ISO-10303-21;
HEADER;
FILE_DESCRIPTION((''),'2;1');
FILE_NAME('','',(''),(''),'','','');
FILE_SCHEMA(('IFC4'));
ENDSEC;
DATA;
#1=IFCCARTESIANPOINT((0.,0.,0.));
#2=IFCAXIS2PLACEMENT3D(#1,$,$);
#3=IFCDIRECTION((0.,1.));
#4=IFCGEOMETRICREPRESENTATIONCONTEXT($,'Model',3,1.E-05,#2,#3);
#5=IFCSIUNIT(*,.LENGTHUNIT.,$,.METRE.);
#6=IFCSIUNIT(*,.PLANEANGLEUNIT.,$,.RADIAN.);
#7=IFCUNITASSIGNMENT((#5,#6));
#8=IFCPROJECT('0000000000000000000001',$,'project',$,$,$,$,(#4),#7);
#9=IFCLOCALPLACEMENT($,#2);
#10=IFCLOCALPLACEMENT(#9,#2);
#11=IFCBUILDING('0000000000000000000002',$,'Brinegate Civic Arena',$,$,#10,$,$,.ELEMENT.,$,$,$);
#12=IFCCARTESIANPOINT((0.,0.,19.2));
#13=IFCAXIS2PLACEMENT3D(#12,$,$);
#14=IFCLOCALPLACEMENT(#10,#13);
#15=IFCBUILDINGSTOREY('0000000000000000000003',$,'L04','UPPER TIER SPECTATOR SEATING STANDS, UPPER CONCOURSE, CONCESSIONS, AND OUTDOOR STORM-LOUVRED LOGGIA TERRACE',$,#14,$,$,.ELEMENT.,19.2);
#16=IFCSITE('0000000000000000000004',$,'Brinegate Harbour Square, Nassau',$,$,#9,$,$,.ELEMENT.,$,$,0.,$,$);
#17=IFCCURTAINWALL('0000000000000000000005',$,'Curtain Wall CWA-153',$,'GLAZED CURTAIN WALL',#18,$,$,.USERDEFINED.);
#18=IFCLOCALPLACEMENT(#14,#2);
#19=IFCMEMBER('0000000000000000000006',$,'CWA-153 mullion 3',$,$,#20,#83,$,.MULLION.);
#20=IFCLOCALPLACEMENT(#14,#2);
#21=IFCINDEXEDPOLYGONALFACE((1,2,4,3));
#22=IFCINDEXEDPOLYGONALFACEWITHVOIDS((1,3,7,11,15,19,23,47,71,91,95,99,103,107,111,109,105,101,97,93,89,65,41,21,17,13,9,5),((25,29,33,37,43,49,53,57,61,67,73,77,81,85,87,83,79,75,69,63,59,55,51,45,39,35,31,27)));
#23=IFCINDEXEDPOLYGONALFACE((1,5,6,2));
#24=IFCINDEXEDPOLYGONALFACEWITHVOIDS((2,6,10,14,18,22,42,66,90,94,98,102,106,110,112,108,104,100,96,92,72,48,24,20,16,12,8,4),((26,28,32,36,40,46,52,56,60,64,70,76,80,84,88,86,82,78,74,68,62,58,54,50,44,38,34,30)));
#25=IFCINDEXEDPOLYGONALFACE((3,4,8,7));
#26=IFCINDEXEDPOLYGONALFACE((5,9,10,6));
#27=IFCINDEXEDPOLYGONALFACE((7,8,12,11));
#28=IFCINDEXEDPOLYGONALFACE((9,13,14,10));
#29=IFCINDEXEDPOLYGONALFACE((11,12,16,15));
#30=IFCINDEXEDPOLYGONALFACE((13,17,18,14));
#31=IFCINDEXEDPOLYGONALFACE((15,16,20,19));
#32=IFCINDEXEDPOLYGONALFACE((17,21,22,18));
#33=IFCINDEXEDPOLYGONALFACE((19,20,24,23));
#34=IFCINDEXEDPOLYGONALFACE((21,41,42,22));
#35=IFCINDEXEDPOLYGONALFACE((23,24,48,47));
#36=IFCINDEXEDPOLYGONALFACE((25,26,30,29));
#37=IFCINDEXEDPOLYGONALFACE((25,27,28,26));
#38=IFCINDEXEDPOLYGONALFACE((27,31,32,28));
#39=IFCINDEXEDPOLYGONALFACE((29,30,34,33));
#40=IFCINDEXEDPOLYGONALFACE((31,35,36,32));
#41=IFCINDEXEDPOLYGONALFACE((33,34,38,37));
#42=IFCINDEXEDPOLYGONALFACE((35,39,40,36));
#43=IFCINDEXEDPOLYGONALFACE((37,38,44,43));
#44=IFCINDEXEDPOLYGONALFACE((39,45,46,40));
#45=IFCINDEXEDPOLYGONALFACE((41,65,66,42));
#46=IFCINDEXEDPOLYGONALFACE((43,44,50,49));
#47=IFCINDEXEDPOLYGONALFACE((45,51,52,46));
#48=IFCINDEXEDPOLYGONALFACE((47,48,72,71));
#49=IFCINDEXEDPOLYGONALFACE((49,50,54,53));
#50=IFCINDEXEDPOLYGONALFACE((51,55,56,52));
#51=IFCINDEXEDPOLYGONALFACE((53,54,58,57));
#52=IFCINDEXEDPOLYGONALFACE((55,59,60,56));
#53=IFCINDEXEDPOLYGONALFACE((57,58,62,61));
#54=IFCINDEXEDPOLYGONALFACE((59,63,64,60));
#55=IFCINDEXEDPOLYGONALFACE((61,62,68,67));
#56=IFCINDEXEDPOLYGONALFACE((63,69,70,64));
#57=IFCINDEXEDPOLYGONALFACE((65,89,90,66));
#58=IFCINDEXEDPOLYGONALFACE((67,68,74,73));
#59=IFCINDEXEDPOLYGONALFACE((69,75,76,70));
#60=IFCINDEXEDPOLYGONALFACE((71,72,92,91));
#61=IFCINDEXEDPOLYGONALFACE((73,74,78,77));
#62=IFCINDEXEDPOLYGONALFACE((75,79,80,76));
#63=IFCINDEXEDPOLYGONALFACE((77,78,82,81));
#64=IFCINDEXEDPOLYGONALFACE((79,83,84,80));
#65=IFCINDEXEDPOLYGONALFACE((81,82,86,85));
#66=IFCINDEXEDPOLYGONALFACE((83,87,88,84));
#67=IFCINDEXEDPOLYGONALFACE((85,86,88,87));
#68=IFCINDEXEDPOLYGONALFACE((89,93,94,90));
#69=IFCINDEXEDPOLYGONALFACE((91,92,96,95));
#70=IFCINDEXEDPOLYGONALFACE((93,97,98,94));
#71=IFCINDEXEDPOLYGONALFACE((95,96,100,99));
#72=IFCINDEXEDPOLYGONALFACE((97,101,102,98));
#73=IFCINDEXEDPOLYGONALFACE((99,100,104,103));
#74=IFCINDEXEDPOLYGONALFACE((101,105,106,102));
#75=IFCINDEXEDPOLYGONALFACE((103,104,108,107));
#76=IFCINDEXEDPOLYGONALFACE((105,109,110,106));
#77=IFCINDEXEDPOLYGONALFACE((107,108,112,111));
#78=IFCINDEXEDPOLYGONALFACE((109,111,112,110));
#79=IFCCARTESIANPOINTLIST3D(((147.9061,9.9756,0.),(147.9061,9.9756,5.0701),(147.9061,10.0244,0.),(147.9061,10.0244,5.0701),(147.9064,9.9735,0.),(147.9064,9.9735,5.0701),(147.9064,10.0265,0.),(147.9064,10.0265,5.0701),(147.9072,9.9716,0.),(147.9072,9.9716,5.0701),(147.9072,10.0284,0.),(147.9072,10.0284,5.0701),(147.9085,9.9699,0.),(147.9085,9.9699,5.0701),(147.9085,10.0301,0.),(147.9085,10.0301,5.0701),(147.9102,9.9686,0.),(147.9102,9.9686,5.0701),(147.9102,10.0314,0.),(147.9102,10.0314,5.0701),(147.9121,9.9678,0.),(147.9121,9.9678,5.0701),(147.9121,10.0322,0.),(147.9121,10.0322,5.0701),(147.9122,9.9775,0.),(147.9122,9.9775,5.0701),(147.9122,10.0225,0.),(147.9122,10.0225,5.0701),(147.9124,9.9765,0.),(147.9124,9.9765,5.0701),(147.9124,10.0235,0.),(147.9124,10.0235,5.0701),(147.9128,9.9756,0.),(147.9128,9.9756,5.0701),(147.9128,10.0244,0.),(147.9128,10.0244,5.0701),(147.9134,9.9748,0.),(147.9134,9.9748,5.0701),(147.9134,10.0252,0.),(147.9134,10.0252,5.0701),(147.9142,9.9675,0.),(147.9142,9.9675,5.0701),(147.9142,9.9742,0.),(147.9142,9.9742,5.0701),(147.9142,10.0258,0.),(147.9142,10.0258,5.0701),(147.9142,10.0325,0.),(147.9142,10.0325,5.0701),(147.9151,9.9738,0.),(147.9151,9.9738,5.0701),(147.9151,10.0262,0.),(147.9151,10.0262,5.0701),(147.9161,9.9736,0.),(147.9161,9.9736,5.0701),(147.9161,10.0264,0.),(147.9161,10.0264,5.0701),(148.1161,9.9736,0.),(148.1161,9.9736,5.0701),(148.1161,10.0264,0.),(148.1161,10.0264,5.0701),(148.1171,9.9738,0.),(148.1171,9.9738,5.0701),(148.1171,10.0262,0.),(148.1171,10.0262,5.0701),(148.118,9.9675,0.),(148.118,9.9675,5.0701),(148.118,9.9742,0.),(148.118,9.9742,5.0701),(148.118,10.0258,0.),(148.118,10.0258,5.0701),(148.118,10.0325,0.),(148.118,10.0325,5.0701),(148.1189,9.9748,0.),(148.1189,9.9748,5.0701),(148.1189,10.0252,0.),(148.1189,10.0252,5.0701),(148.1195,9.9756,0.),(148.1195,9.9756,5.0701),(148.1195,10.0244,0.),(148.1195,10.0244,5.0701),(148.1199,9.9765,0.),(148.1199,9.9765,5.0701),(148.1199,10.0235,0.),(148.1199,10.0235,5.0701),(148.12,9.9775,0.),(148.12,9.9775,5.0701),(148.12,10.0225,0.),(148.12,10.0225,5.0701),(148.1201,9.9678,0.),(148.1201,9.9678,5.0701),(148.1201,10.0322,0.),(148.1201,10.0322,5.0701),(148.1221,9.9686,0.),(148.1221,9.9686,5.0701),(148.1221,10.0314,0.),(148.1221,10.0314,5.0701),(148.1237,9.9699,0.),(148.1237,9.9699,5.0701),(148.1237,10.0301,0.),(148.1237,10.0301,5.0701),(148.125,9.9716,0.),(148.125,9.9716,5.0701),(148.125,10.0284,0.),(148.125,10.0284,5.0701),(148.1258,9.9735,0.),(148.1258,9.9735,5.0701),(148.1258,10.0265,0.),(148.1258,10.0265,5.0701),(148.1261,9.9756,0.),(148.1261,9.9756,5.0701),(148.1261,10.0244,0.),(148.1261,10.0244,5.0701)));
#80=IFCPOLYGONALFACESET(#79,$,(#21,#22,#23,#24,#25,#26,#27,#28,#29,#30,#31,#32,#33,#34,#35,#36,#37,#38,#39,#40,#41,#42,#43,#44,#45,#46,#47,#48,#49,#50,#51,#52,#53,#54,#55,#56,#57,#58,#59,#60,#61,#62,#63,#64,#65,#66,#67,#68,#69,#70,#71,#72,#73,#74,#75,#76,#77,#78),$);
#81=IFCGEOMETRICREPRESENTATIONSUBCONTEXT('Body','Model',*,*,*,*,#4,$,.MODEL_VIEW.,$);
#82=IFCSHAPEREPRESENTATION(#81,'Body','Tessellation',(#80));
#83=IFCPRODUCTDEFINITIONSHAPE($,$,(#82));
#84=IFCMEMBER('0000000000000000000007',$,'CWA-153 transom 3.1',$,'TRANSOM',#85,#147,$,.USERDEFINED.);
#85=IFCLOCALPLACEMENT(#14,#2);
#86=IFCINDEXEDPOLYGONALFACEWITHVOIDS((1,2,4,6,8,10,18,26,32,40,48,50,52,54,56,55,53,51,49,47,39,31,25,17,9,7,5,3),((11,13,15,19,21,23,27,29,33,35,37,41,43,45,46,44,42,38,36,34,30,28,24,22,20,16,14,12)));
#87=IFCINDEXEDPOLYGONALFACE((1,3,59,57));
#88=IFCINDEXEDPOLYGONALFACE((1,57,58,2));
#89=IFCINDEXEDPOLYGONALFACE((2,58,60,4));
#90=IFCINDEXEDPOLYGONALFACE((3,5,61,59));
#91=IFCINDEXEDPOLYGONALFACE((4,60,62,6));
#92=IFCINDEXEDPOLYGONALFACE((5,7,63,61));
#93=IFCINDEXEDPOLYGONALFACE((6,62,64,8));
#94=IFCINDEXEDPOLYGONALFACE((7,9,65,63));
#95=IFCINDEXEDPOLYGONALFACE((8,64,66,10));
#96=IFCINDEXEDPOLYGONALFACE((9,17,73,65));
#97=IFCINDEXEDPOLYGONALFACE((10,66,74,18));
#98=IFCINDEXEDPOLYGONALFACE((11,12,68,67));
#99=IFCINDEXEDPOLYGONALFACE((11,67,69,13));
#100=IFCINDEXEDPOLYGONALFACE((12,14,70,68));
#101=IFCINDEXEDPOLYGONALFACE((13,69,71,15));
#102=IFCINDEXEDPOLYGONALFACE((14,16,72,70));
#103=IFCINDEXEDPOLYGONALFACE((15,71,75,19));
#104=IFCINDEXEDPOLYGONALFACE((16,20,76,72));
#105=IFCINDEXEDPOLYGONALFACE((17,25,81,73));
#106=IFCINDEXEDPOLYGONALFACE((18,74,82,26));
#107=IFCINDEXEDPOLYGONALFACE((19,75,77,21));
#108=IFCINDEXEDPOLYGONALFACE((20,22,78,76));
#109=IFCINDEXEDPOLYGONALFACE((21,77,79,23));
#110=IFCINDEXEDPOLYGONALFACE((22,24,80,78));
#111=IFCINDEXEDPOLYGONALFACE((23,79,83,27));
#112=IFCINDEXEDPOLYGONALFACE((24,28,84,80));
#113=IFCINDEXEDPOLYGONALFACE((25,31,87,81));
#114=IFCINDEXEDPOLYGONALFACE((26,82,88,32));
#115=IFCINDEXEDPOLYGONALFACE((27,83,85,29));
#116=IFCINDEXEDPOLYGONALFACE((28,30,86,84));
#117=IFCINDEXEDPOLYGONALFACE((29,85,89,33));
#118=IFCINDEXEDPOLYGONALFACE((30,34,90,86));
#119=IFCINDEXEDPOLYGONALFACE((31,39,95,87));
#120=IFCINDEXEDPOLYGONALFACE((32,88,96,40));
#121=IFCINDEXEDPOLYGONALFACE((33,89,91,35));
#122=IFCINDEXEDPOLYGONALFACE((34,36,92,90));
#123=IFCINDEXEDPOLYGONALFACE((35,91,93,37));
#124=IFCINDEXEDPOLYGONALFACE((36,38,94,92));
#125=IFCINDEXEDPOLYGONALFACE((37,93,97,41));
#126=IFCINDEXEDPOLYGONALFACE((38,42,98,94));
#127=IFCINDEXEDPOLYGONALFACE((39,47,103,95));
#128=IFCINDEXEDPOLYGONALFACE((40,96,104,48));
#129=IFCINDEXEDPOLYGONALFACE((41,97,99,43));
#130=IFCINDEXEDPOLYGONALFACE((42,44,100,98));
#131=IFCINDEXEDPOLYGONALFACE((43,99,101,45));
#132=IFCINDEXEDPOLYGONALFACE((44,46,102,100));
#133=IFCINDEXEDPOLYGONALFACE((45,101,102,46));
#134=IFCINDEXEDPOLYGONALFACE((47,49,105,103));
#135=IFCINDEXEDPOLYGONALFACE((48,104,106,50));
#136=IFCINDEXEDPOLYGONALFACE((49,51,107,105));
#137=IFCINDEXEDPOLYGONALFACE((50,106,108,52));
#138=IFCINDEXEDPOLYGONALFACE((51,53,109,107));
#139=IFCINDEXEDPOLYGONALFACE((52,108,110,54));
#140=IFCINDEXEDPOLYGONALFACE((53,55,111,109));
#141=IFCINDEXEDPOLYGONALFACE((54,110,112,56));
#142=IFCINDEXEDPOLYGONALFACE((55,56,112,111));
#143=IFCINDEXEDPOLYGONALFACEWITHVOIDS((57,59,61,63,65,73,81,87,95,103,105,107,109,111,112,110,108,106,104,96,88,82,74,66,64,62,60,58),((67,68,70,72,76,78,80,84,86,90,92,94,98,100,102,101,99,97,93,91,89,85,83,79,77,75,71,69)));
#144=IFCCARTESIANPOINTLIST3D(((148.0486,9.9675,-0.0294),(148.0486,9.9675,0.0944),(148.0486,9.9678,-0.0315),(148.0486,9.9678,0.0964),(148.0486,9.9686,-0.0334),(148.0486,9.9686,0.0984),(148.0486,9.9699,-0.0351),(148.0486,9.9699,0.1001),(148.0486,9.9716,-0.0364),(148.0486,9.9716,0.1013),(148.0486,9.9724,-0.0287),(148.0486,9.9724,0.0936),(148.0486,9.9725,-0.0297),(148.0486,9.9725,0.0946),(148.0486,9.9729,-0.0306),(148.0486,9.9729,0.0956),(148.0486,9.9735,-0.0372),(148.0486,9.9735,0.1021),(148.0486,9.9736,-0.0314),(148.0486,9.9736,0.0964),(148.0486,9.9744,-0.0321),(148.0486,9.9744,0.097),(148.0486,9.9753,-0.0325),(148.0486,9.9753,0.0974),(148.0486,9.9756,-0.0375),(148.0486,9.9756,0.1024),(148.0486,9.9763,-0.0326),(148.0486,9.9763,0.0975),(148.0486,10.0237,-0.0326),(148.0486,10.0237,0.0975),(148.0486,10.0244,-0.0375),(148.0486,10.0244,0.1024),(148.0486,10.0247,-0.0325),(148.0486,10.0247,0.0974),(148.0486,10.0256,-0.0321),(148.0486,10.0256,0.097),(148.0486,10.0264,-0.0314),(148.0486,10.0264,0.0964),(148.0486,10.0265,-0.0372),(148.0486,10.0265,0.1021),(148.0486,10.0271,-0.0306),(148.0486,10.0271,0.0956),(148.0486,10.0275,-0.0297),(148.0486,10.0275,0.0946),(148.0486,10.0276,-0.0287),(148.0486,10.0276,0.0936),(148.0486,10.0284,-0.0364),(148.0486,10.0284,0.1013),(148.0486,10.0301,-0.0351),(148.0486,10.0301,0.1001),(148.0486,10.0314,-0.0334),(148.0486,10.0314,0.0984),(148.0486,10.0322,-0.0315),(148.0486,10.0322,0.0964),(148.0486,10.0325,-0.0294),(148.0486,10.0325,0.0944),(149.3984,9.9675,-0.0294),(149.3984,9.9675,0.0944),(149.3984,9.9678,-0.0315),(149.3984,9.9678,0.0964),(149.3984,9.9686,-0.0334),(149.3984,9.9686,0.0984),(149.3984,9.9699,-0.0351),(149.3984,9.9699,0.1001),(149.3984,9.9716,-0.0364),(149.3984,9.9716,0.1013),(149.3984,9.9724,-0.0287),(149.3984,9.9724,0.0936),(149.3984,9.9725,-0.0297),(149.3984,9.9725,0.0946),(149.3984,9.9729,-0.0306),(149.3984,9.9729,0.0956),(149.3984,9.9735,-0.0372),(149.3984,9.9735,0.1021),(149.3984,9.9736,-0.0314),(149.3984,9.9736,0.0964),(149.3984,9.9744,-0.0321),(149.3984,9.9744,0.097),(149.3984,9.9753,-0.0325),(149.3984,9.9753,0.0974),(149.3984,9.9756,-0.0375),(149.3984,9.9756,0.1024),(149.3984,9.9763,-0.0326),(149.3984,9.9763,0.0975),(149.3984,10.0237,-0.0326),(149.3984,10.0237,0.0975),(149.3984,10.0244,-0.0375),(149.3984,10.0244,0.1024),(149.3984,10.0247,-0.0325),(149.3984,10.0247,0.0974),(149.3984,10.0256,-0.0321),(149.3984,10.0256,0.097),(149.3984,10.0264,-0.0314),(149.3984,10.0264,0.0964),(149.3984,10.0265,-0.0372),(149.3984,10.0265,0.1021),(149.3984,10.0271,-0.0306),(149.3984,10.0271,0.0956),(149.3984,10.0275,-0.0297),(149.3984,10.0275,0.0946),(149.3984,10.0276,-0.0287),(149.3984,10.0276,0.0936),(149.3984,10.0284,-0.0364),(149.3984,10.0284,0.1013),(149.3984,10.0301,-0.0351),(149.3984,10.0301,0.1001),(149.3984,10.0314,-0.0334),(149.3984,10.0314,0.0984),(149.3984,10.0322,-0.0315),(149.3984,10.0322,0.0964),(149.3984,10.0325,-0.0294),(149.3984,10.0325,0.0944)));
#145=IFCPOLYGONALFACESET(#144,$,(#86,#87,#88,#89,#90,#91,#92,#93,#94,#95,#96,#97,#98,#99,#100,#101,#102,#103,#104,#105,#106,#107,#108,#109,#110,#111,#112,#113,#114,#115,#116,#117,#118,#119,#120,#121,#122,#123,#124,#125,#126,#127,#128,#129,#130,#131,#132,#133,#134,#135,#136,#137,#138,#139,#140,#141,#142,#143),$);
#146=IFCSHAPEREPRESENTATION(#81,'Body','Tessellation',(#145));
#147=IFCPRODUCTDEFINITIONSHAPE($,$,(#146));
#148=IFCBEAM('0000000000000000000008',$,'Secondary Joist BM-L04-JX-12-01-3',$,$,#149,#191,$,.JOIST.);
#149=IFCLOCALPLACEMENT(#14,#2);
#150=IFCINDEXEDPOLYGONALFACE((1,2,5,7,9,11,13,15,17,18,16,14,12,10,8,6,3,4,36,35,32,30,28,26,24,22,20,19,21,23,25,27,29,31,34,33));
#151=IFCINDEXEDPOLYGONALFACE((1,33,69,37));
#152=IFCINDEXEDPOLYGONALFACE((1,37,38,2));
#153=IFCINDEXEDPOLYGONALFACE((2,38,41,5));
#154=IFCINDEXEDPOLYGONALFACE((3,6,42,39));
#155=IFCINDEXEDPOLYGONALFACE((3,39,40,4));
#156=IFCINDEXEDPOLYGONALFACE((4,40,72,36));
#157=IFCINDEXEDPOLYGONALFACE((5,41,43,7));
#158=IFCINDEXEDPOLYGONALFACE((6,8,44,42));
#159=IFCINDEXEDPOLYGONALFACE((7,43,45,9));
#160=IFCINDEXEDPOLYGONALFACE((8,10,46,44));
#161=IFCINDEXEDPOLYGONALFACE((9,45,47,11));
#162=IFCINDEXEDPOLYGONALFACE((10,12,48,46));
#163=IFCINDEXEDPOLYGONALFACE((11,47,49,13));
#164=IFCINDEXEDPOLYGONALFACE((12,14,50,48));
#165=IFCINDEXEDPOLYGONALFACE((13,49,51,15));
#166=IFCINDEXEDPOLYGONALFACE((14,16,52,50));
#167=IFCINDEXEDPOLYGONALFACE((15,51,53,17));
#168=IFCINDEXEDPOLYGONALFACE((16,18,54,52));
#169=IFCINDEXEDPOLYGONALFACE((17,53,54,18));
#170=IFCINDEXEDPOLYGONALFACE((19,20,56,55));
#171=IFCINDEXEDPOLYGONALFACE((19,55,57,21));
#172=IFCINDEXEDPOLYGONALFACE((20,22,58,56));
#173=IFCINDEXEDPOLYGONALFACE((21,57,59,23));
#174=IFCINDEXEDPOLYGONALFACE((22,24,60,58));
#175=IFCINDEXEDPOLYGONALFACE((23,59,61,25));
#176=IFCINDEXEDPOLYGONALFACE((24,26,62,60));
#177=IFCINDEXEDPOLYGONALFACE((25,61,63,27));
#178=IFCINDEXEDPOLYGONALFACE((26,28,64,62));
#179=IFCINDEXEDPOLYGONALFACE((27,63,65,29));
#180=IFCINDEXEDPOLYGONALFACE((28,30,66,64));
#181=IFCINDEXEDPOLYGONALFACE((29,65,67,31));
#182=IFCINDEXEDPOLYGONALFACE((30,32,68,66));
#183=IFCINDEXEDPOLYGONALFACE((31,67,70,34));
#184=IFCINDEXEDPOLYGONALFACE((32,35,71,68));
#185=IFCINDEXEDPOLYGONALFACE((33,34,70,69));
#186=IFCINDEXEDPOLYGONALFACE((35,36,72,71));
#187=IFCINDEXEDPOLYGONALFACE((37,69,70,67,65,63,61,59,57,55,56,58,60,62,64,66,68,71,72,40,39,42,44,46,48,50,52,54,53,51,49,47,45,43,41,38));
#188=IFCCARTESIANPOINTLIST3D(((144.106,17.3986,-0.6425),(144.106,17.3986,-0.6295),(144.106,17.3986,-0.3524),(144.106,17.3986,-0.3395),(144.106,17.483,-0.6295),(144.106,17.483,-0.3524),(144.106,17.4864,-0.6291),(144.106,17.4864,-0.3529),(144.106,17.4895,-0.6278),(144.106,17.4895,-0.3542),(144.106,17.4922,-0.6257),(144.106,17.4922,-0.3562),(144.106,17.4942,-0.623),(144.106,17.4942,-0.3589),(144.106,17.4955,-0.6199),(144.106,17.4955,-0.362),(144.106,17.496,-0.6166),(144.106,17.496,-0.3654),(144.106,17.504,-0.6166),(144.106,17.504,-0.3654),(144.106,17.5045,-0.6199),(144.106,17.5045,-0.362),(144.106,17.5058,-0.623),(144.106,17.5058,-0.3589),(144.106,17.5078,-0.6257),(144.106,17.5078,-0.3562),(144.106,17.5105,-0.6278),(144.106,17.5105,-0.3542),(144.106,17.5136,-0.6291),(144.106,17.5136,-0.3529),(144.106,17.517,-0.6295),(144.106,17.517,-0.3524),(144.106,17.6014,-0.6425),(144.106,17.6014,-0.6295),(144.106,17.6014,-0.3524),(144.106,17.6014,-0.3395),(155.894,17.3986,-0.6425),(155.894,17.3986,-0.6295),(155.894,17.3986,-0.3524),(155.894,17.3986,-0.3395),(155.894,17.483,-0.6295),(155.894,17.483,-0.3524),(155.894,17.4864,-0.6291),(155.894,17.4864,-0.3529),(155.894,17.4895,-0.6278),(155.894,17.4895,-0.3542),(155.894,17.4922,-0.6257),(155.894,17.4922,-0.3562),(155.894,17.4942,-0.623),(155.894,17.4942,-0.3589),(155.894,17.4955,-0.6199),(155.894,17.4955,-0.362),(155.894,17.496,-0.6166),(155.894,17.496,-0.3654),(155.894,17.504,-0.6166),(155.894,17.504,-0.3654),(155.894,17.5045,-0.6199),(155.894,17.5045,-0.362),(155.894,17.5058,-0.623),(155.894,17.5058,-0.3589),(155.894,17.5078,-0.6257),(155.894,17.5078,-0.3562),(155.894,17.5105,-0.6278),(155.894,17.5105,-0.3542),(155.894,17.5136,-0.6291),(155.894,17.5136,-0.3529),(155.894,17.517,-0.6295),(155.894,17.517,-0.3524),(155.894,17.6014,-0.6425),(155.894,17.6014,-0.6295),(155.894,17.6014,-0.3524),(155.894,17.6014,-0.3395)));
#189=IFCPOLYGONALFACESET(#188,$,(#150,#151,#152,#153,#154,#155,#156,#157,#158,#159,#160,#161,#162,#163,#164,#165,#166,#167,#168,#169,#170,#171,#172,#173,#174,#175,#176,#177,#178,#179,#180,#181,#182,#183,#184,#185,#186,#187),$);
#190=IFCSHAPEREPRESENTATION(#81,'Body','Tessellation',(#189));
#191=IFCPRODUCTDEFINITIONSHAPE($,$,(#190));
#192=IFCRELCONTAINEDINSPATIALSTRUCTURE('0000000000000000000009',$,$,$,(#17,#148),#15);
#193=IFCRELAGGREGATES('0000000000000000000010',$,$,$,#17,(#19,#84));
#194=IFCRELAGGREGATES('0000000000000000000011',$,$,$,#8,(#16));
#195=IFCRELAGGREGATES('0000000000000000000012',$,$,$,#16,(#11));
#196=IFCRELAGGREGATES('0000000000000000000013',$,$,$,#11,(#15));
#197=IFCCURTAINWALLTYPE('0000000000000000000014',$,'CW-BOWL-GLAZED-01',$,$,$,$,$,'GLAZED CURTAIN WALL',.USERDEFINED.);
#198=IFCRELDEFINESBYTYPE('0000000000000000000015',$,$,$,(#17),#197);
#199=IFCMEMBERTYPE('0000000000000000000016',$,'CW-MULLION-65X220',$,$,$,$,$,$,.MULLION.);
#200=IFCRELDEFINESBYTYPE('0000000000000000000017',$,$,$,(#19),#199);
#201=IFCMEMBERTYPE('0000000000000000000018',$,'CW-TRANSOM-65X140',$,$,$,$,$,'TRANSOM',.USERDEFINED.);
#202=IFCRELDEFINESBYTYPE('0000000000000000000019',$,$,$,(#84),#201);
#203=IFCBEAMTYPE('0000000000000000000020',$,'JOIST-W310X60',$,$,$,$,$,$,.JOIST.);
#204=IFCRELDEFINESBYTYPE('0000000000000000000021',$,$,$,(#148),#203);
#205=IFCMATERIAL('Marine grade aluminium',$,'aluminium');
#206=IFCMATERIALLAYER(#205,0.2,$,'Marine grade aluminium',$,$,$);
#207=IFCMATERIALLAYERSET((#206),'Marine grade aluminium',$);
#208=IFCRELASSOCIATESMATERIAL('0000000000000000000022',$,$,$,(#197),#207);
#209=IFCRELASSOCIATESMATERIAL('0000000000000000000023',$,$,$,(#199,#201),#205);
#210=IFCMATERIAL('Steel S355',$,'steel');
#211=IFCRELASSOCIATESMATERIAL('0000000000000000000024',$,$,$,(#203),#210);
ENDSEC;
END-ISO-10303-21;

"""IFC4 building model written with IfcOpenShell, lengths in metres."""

from ifc_helpers import new_model, si_unit, direction, frame, origin, origin_2d, place, context, subcontext, project, spatial, hollow_rectangle, i_section, extrude, material, layer, layer_set, material_profile, profile_set, type_object, element, aggregate, save


model = new_model("IFC4")

# Units and contexts
model_context = context("Model", 3, precision=1e-05, world=origin(), true_north=direction((0.0, 1.0)))
body_context = subcontext(model_context, "Body", "Model", "MODEL_VIEW")
ifc_project = project(units=[si_unit("LENGTHUNIT", "METRE"), si_unit("PLANEANGLEUNIT", "RADIAN")], contexts=[model_context])

# Site, building, storey
site_placement = place(None, origin())
site = spatial("IfcSite", under=ifc_project, at=site_placement, Name="Brinegate Harbour Square, Nassau", CompositionType="ELEMENT", RefElevation=0.0)
building_placement = place(site_placement, origin())
building = spatial("IfcBuilding", under=site, at=building_placement, Name="Brinegate Civic Arena", CompositionType="ELEMENT")
storey_placement = place(building_placement, frame((0.0, 0.0, 19.2)))
storey = spatial("IfcBuildingStorey", under=building, at=storey_placement, Name="L04", Description="UPPER TIER SPECTATOR SEATING STANDS, UPPER CONCOURSE, CONCESSIONS, AND OUTDOOR STORM-LOUVRED LOGGIA TERRACE", CompositionType="ELEMENT", Elevation=19.2)

# Curtain wall, members
ifc_material_1 = material(Name="Marine grade aluminium", Category="aluminium")
ifc_layer_1 = layer(ifc_material_1, 0.2, Name="Marine grade aluminium")
ifc_layer_set_1 = layer_set([ifc_layer_1], Name="Marine grade aluminium")
curtain_wall_type = type_object("IfcCurtainWallType", Name="CW-BOWL-GLAZED-01", ElementType="GLAZED CURTAIN WALL", PredefinedType="USERDEFINED", material=ifc_layer_set_1)
curtain_wall_placement = place(storey_placement, origin())
curtain_wall = element("IfcCurtainWall", 1, at=curtain_wall_placement, inside=storey, type_object=curtain_wall_type, Name="Curtain Wall CWA-153", ObjectType="GLAZED CURTAIN WALL", PredefinedType="USERDEFINED")
ifc_material_profile_1 = material_profile(ifc_material_1, hollow_rectangle(XDim=0.0649, YDim=0.22, WallThickness=0.0061, InnerFilletRadius=0.0039, OuterFilletRadius=0.0081, at=origin_2d()), Name="MUL65X220")
ifc_profile_set_1 = profile_set([ifc_material_profile_1], Name="Marine grade aluminium")
member_type_1 = type_object("IfcMemberType", Name="CW-MULLION-65X220", PredefinedType="MULLION", material=ifc_profile_set_1)
member_1_placement = place(storey_placement, frame((148.0161, 10.0, 0.0), z_axis=(0.0, 0.0, 1.0), x_axis=(0.0, 1.0, 0.0)))
member_1 = element("IfcMember", 2, at=member_1_placement, type_object=member_type_1, Name="CWA-153 mullion 3", PredefinedType="MULLION", context=body_context, shape_type="SweptSolid", body=[
    extrude(hollow_rectangle(XDim=0.0649, YDim=0.22, WallThickness=0.0061, InnerFilletRadius=0.0039, OuterFilletRadius=0.0081, at=origin_2d()), origin(), (0.0, 0.0, 1.0), 5.0701),
])
ifc_material_profile_2 = material_profile(ifc_material_1, hollow_rectangle(XDim=0.0649, YDim=0.1399, WallThickness=0.0049, InnerFilletRadius=0.0039, OuterFilletRadius=0.0081, at=origin_2d()), Name="TRN65X140")
ifc_profile_set_2 = profile_set([ifc_material_profile_2], Name="Marine grade aluminium")
member_type_2 = type_object("IfcMemberType", Name="CW-TRANSOM-65X140", ElementType="TRANSOM", PredefinedType="USERDEFINED", material=ifc_profile_set_2)
member_2_placement = place(storey_placement, frame((148.0486, 10.0, 0.0325), z_axis=(1.0, 0.0, 0.0), x_axis=(0.0, 1.0, 0.0)))
member_2 = element("IfcMember", 3, at=member_2_placement, type_object=member_type_2, Name="CWA-153 transom 3.1", ObjectType="TRANSOM", PredefinedType="USERDEFINED", context=body_context, shape_type="SweptSolid", body=[
    extrude(hollow_rectangle(XDim=0.0649, YDim=0.1399, WallThickness=0.0049, InnerFilletRadius=0.0039, OuterFilletRadius=0.0081, at=origin_2d()), origin(), (0.0, 0.0, 1.0), 1.3499),
])

# Beam
ifc_material_2 = material(Name="Steel S355", Category="steel")
ifc_material_profile_3 = material_profile(ifc_material_2, i_section(OverallWidth=0.2029, OverallDepth=0.303, WebThickness=0.0081, FlangeThickness=0.0129, FilletRadius=0.0129, at=origin_2d()), Name="W310X60")
ifc_profile_set_3 = profile_set([ifc_material_profile_3], Name="Steel S355")
beam_type_1 = type_object("IfcBeamType", Name="JOIST-W310X60", PredefinedType="JOIST", material=ifc_profile_set_3)
beam_1_placement = place(storey_placement, frame((144.106, 17.5, -0.491), z_axis=(1.0, 0.0, 0.0), x_axis=(0.0, 1.0, 0.0)))
element("IfcBeam", 4, at=beam_1_placement, inside=storey, type_object=beam_type_1, Name="Secondary Joist BM-L04-JX-12-01-3", PredefinedType="JOIST", context=body_context, shape_type="SweptSolid", body=[
    extrude(i_section(OverallWidth=0.2029, OverallDepth=0.303, WebThickness=0.0081, FlangeThickness=0.0129, FilletRadius=0.0129, at=origin_2d()), origin(), (0.0, 0.0, 1.0), 11.7881),
])

aggregate(curtain_wall, [member_1, member_2])

save(model, "model.ifc")
